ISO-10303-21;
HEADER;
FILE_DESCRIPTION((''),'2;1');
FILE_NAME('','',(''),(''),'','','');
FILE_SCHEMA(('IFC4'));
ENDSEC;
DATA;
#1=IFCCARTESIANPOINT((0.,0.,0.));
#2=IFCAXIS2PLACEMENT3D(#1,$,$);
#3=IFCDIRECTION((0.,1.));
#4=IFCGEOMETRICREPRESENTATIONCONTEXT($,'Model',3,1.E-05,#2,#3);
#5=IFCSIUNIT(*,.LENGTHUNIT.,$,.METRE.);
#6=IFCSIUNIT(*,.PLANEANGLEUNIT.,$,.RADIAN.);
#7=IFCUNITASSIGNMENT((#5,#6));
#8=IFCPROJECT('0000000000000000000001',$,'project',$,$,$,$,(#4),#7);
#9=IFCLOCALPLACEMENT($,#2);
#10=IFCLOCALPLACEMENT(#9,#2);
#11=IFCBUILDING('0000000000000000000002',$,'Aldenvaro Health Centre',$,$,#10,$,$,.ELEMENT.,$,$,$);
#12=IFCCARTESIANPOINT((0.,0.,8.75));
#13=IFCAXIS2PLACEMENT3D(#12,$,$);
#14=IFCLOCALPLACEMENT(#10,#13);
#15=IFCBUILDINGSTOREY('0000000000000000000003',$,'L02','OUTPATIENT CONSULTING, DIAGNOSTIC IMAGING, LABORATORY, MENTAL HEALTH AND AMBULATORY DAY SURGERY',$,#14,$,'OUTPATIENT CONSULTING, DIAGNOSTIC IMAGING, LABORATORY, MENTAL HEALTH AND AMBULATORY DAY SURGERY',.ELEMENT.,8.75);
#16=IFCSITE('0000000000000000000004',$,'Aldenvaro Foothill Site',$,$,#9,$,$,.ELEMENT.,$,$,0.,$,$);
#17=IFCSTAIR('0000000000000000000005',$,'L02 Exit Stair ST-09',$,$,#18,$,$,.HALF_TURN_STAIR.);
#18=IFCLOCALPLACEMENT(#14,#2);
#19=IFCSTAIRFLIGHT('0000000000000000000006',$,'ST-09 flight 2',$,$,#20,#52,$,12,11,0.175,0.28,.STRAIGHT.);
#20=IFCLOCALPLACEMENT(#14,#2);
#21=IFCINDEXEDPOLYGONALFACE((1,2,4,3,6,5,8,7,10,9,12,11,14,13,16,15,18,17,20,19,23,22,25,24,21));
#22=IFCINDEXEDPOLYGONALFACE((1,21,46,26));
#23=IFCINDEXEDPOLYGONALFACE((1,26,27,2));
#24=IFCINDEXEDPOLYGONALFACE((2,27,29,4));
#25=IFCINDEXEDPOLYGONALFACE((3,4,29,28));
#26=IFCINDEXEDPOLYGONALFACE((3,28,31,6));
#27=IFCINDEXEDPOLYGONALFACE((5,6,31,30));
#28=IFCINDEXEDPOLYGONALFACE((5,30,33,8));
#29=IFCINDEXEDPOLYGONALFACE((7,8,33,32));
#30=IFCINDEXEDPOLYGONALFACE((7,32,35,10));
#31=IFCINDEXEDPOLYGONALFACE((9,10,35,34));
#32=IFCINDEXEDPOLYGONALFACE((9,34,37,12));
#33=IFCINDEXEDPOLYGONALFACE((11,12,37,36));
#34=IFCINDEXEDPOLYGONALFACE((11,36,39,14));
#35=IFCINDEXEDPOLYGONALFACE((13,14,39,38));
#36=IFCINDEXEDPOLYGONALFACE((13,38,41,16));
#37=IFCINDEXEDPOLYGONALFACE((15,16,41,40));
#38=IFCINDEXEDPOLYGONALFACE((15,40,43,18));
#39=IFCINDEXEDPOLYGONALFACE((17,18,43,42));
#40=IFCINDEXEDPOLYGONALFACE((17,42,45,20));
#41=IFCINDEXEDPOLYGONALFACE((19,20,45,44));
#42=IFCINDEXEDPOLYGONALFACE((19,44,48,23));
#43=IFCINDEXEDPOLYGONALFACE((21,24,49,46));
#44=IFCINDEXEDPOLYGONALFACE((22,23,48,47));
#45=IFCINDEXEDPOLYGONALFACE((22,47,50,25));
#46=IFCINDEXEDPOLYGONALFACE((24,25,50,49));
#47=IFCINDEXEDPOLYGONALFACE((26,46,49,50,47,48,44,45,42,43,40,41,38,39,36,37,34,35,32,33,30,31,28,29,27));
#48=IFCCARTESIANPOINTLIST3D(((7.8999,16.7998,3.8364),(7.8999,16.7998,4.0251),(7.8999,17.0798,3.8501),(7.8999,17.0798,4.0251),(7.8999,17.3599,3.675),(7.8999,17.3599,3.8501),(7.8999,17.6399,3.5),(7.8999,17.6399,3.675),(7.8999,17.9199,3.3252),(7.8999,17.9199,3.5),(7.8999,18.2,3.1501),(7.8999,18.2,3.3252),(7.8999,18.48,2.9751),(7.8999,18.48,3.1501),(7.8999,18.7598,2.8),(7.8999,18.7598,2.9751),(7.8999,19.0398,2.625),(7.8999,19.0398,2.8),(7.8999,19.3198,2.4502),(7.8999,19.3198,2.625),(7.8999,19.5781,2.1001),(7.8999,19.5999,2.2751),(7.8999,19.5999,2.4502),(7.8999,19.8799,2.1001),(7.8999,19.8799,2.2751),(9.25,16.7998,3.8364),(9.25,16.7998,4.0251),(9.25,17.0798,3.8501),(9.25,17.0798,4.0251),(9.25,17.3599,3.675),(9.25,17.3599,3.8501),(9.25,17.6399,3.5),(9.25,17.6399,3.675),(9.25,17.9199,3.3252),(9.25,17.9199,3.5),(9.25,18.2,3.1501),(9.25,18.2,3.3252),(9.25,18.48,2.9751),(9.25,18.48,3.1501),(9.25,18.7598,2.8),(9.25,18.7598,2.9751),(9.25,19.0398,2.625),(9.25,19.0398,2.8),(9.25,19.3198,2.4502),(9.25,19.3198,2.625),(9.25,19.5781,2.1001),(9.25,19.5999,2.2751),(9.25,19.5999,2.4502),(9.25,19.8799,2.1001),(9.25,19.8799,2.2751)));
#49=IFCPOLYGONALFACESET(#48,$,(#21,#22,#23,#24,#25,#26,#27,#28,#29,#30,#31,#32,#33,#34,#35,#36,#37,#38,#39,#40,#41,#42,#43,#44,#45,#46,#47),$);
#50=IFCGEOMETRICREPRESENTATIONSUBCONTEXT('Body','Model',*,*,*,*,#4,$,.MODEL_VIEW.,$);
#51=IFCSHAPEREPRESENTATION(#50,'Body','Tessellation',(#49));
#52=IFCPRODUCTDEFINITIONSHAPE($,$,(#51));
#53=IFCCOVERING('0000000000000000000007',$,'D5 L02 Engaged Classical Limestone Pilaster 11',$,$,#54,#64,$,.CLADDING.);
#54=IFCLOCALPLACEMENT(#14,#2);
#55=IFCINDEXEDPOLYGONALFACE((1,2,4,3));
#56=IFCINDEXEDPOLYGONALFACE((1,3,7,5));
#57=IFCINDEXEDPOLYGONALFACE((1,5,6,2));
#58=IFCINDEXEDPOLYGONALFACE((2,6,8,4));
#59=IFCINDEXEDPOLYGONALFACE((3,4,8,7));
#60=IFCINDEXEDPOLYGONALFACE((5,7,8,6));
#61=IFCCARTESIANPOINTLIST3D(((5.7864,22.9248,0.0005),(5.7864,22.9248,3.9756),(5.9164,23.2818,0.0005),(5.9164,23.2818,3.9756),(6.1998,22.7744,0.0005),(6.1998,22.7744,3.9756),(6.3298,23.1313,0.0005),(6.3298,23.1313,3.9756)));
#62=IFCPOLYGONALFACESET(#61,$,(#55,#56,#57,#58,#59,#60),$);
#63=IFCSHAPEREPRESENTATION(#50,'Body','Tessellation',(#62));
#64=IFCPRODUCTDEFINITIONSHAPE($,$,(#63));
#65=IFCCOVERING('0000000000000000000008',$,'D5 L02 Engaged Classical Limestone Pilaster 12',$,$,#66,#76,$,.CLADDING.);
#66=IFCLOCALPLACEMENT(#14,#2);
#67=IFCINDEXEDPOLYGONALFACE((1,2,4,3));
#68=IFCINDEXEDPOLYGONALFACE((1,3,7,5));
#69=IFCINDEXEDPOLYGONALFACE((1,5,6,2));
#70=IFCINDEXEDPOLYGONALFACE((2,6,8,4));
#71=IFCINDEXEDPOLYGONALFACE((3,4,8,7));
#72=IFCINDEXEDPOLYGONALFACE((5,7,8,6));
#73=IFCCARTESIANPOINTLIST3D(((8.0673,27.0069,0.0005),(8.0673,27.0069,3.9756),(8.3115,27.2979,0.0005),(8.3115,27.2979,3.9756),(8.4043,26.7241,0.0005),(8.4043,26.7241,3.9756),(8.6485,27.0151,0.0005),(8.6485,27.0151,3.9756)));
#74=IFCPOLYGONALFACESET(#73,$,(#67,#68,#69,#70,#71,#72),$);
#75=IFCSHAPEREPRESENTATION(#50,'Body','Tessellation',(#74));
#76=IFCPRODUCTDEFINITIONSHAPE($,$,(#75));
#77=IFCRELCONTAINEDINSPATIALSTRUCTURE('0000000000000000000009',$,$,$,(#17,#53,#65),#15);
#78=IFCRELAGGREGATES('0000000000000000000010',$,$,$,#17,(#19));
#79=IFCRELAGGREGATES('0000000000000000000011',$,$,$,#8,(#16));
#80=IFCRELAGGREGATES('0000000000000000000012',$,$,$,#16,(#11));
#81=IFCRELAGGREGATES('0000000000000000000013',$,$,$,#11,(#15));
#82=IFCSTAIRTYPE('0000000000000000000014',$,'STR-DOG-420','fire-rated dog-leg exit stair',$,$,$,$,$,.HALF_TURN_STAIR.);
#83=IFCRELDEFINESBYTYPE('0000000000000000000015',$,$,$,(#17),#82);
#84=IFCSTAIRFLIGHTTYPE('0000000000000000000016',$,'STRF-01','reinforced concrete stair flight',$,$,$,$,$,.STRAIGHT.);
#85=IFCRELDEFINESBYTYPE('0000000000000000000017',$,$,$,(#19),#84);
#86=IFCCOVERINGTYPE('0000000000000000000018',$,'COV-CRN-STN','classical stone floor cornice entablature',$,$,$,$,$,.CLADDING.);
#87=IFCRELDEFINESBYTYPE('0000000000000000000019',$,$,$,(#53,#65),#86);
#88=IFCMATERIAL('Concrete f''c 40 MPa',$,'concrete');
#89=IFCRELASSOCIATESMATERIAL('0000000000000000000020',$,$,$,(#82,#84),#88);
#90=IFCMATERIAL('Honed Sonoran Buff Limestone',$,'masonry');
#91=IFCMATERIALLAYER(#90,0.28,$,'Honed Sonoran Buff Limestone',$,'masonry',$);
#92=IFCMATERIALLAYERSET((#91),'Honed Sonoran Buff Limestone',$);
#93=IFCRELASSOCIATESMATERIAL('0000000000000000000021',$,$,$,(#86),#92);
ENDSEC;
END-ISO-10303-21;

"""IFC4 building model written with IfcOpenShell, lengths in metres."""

from ifc_helpers import new_model, si_unit, direction, frame, origin, origin_2d, place, context, subcontext, project, spatial, polyline, rectangle, outline, extrude, material, layer, layer_set, type_object, element, aggregate, save


model = new_model("IFC4")

# Units and contexts
model_context = context("Model", 3, precision=1e-05, world=origin(), true_north=direction((0.0, 1.0)))
body_context = subcontext(model_context, "Body", "Model", "MODEL_VIEW")
ifc_project = project(units=[si_unit("LENGTHUNIT", "METRE"), si_unit("PLANEANGLEUNIT", "RADIAN")], contexts=[model_context])

# Site, building, storey
site_placement = place(None, origin())
site = spatial("IfcSite", under=ifc_project, at=site_placement, Name="Aldenvaro Foothill Site", CompositionType="ELEMENT", RefElevation=0.0)
building_placement = place(site_placement, origin())
building = spatial("IfcBuilding", under=site, at=building_placement, Name="Aldenvaro Health Centre", CompositionType="ELEMENT")
storey_placement = place(building_placement, frame((0.0, 0.0, 8.75)))
storey = spatial("IfcBuildingStorey", under=building, at=storey_placement, Name="L02", Description="OUTPATIENT CONSULTING, DIAGNOSTIC IMAGING, LABORATORY, MENTAL HEALTH AND AMBULATORY DAY SURGERY", LongName="OUTPATIENT CONSULTING, DIAGNOSTIC IMAGING, LABORATORY, MENTAL HEALTH AND AMBULATORY DAY SURGERY", CompositionType="ELEMENT", Elevation=8.75)

# Stair, stair flight
ifc_material_1 = material(Name="Concrete f'c 40 MPa", Category="concrete")
stair_type = type_object("IfcStairType", Name="STR-DOG-420", Description="fire-rated dog-leg exit stair", PredefinedType="HALF_TURN_STAIR", material=ifc_material_1)
stair_placement = place(storey_placement, origin())
stair = element("IfcStair", 1, at=stair_placement, inside=storey, type_object=stair_type, Name="L02 Exit Stair ST-09", PredefinedType="HALF_TURN_STAIR")
stair_flight_type = type_object("IfcStairFlightType", Name="STRF-01", Description="reinforced concrete stair flight", PredefinedType="STRAIGHT", material=ifc_material_1)
stair_flight_placement = place(storey_placement, frame((8.575, 19.8799, 2.1001), z_axis=(0.0, 0.0, 1.0), x_axis=(0.0, -1.0, 0.0)))
stair_flight = element("IfcStairFlight", 2, at=stair_flight_placement, type_object=stair_flight_type, Name="ST-09 flight 2", NumberOfRisers=12, NumberOfTreads=11, PredefinedType="STRAIGHT", RiserHeight=0.175, TreadLength=0.28, context=body_context, shape_type="SweptSolid", body=[
    extrude(outline(polyline([(0.0, 0.0), (0.0, 0.175), (0.28, 0.175), (0.28, 0.3501), (0.5601, 0.3501), (0.5601, 0.5249), (0.8401, 0.5249), (0.8401, 0.7), (1.1201, 0.7), (1.1201, 0.875), (1.3999, 0.875), (1.3999, 1.05), (1.6799, 1.05), (1.6799, 1.2251), (1.96, 1.2251), (1.96, 1.3999), (2.24, 1.3999), (2.24, 1.575), (2.52, 1.575), (2.52, 1.75), (2.8, 1.75), (2.8, 1.925), (3.0801, 1.925), (3.0801, 2.1001), (3.0801, 1.7363), (0.3018, 0.0), (0.0, 0.0)])), frame((0.0, 0.675, 0.0), z_axis=(0.0, -1.0, 0.0), x_axis=(1.0, 0.0, 0.0)), (0.0, 0.0, 1.0), 1.3501),
])
aggregate(stair, [stair_flight])

# Coverings
ifc_material_2 = material(Name="Honed Sonoran Buff Limestone", Category="masonry")
ifc_layer_1 = layer(ifc_material_2, 0.28, Name="Honed Sonoran Buff Limestone", Category="masonry")
ifc_layer_set_1 = layer_set([ifc_layer_1], Name="Honed Sonoran Buff Limestone")
covering_type = type_object("IfcCoveringType", Name="COV-CRN-STN", Description="classical stone floor cornice entablature", PredefinedType="CLADDING", material=ifc_layer_set_1)
for number, where, z_axis, x_axis, name in (
    (3, (6.0581, 23.0281, 0.0005), (0.0, 0.0, 1.0), (-0.939694, 0.342017, 0.0), "D5 L02 Engaged Classical Limestone Pilaster 11"),
    (4, (8.3579, 27.011, 0.0005), (0.0, 0.0, 1.0), (-0.766044, 0.642788, 0.0), "D5 L02 Engaged Classical Limestone Pilaster 12"),
):
    element("IfcCovering", number, at=place(storey_placement, frame(where, z_axis=z_axis, x_axis=x_axis)), inside=storey, type_object=covering_type, Name=name, PredefinedType="CLADDING", context=body_context, shape_type="SweptSolid", body=[
        extrude(rectangle(XDim=0.4399, YDim=0.3799, at=origin_2d()), origin(), (0.0, 0.0, 1.0), 3.9751),
    ])

save(model, "model.ifc")
